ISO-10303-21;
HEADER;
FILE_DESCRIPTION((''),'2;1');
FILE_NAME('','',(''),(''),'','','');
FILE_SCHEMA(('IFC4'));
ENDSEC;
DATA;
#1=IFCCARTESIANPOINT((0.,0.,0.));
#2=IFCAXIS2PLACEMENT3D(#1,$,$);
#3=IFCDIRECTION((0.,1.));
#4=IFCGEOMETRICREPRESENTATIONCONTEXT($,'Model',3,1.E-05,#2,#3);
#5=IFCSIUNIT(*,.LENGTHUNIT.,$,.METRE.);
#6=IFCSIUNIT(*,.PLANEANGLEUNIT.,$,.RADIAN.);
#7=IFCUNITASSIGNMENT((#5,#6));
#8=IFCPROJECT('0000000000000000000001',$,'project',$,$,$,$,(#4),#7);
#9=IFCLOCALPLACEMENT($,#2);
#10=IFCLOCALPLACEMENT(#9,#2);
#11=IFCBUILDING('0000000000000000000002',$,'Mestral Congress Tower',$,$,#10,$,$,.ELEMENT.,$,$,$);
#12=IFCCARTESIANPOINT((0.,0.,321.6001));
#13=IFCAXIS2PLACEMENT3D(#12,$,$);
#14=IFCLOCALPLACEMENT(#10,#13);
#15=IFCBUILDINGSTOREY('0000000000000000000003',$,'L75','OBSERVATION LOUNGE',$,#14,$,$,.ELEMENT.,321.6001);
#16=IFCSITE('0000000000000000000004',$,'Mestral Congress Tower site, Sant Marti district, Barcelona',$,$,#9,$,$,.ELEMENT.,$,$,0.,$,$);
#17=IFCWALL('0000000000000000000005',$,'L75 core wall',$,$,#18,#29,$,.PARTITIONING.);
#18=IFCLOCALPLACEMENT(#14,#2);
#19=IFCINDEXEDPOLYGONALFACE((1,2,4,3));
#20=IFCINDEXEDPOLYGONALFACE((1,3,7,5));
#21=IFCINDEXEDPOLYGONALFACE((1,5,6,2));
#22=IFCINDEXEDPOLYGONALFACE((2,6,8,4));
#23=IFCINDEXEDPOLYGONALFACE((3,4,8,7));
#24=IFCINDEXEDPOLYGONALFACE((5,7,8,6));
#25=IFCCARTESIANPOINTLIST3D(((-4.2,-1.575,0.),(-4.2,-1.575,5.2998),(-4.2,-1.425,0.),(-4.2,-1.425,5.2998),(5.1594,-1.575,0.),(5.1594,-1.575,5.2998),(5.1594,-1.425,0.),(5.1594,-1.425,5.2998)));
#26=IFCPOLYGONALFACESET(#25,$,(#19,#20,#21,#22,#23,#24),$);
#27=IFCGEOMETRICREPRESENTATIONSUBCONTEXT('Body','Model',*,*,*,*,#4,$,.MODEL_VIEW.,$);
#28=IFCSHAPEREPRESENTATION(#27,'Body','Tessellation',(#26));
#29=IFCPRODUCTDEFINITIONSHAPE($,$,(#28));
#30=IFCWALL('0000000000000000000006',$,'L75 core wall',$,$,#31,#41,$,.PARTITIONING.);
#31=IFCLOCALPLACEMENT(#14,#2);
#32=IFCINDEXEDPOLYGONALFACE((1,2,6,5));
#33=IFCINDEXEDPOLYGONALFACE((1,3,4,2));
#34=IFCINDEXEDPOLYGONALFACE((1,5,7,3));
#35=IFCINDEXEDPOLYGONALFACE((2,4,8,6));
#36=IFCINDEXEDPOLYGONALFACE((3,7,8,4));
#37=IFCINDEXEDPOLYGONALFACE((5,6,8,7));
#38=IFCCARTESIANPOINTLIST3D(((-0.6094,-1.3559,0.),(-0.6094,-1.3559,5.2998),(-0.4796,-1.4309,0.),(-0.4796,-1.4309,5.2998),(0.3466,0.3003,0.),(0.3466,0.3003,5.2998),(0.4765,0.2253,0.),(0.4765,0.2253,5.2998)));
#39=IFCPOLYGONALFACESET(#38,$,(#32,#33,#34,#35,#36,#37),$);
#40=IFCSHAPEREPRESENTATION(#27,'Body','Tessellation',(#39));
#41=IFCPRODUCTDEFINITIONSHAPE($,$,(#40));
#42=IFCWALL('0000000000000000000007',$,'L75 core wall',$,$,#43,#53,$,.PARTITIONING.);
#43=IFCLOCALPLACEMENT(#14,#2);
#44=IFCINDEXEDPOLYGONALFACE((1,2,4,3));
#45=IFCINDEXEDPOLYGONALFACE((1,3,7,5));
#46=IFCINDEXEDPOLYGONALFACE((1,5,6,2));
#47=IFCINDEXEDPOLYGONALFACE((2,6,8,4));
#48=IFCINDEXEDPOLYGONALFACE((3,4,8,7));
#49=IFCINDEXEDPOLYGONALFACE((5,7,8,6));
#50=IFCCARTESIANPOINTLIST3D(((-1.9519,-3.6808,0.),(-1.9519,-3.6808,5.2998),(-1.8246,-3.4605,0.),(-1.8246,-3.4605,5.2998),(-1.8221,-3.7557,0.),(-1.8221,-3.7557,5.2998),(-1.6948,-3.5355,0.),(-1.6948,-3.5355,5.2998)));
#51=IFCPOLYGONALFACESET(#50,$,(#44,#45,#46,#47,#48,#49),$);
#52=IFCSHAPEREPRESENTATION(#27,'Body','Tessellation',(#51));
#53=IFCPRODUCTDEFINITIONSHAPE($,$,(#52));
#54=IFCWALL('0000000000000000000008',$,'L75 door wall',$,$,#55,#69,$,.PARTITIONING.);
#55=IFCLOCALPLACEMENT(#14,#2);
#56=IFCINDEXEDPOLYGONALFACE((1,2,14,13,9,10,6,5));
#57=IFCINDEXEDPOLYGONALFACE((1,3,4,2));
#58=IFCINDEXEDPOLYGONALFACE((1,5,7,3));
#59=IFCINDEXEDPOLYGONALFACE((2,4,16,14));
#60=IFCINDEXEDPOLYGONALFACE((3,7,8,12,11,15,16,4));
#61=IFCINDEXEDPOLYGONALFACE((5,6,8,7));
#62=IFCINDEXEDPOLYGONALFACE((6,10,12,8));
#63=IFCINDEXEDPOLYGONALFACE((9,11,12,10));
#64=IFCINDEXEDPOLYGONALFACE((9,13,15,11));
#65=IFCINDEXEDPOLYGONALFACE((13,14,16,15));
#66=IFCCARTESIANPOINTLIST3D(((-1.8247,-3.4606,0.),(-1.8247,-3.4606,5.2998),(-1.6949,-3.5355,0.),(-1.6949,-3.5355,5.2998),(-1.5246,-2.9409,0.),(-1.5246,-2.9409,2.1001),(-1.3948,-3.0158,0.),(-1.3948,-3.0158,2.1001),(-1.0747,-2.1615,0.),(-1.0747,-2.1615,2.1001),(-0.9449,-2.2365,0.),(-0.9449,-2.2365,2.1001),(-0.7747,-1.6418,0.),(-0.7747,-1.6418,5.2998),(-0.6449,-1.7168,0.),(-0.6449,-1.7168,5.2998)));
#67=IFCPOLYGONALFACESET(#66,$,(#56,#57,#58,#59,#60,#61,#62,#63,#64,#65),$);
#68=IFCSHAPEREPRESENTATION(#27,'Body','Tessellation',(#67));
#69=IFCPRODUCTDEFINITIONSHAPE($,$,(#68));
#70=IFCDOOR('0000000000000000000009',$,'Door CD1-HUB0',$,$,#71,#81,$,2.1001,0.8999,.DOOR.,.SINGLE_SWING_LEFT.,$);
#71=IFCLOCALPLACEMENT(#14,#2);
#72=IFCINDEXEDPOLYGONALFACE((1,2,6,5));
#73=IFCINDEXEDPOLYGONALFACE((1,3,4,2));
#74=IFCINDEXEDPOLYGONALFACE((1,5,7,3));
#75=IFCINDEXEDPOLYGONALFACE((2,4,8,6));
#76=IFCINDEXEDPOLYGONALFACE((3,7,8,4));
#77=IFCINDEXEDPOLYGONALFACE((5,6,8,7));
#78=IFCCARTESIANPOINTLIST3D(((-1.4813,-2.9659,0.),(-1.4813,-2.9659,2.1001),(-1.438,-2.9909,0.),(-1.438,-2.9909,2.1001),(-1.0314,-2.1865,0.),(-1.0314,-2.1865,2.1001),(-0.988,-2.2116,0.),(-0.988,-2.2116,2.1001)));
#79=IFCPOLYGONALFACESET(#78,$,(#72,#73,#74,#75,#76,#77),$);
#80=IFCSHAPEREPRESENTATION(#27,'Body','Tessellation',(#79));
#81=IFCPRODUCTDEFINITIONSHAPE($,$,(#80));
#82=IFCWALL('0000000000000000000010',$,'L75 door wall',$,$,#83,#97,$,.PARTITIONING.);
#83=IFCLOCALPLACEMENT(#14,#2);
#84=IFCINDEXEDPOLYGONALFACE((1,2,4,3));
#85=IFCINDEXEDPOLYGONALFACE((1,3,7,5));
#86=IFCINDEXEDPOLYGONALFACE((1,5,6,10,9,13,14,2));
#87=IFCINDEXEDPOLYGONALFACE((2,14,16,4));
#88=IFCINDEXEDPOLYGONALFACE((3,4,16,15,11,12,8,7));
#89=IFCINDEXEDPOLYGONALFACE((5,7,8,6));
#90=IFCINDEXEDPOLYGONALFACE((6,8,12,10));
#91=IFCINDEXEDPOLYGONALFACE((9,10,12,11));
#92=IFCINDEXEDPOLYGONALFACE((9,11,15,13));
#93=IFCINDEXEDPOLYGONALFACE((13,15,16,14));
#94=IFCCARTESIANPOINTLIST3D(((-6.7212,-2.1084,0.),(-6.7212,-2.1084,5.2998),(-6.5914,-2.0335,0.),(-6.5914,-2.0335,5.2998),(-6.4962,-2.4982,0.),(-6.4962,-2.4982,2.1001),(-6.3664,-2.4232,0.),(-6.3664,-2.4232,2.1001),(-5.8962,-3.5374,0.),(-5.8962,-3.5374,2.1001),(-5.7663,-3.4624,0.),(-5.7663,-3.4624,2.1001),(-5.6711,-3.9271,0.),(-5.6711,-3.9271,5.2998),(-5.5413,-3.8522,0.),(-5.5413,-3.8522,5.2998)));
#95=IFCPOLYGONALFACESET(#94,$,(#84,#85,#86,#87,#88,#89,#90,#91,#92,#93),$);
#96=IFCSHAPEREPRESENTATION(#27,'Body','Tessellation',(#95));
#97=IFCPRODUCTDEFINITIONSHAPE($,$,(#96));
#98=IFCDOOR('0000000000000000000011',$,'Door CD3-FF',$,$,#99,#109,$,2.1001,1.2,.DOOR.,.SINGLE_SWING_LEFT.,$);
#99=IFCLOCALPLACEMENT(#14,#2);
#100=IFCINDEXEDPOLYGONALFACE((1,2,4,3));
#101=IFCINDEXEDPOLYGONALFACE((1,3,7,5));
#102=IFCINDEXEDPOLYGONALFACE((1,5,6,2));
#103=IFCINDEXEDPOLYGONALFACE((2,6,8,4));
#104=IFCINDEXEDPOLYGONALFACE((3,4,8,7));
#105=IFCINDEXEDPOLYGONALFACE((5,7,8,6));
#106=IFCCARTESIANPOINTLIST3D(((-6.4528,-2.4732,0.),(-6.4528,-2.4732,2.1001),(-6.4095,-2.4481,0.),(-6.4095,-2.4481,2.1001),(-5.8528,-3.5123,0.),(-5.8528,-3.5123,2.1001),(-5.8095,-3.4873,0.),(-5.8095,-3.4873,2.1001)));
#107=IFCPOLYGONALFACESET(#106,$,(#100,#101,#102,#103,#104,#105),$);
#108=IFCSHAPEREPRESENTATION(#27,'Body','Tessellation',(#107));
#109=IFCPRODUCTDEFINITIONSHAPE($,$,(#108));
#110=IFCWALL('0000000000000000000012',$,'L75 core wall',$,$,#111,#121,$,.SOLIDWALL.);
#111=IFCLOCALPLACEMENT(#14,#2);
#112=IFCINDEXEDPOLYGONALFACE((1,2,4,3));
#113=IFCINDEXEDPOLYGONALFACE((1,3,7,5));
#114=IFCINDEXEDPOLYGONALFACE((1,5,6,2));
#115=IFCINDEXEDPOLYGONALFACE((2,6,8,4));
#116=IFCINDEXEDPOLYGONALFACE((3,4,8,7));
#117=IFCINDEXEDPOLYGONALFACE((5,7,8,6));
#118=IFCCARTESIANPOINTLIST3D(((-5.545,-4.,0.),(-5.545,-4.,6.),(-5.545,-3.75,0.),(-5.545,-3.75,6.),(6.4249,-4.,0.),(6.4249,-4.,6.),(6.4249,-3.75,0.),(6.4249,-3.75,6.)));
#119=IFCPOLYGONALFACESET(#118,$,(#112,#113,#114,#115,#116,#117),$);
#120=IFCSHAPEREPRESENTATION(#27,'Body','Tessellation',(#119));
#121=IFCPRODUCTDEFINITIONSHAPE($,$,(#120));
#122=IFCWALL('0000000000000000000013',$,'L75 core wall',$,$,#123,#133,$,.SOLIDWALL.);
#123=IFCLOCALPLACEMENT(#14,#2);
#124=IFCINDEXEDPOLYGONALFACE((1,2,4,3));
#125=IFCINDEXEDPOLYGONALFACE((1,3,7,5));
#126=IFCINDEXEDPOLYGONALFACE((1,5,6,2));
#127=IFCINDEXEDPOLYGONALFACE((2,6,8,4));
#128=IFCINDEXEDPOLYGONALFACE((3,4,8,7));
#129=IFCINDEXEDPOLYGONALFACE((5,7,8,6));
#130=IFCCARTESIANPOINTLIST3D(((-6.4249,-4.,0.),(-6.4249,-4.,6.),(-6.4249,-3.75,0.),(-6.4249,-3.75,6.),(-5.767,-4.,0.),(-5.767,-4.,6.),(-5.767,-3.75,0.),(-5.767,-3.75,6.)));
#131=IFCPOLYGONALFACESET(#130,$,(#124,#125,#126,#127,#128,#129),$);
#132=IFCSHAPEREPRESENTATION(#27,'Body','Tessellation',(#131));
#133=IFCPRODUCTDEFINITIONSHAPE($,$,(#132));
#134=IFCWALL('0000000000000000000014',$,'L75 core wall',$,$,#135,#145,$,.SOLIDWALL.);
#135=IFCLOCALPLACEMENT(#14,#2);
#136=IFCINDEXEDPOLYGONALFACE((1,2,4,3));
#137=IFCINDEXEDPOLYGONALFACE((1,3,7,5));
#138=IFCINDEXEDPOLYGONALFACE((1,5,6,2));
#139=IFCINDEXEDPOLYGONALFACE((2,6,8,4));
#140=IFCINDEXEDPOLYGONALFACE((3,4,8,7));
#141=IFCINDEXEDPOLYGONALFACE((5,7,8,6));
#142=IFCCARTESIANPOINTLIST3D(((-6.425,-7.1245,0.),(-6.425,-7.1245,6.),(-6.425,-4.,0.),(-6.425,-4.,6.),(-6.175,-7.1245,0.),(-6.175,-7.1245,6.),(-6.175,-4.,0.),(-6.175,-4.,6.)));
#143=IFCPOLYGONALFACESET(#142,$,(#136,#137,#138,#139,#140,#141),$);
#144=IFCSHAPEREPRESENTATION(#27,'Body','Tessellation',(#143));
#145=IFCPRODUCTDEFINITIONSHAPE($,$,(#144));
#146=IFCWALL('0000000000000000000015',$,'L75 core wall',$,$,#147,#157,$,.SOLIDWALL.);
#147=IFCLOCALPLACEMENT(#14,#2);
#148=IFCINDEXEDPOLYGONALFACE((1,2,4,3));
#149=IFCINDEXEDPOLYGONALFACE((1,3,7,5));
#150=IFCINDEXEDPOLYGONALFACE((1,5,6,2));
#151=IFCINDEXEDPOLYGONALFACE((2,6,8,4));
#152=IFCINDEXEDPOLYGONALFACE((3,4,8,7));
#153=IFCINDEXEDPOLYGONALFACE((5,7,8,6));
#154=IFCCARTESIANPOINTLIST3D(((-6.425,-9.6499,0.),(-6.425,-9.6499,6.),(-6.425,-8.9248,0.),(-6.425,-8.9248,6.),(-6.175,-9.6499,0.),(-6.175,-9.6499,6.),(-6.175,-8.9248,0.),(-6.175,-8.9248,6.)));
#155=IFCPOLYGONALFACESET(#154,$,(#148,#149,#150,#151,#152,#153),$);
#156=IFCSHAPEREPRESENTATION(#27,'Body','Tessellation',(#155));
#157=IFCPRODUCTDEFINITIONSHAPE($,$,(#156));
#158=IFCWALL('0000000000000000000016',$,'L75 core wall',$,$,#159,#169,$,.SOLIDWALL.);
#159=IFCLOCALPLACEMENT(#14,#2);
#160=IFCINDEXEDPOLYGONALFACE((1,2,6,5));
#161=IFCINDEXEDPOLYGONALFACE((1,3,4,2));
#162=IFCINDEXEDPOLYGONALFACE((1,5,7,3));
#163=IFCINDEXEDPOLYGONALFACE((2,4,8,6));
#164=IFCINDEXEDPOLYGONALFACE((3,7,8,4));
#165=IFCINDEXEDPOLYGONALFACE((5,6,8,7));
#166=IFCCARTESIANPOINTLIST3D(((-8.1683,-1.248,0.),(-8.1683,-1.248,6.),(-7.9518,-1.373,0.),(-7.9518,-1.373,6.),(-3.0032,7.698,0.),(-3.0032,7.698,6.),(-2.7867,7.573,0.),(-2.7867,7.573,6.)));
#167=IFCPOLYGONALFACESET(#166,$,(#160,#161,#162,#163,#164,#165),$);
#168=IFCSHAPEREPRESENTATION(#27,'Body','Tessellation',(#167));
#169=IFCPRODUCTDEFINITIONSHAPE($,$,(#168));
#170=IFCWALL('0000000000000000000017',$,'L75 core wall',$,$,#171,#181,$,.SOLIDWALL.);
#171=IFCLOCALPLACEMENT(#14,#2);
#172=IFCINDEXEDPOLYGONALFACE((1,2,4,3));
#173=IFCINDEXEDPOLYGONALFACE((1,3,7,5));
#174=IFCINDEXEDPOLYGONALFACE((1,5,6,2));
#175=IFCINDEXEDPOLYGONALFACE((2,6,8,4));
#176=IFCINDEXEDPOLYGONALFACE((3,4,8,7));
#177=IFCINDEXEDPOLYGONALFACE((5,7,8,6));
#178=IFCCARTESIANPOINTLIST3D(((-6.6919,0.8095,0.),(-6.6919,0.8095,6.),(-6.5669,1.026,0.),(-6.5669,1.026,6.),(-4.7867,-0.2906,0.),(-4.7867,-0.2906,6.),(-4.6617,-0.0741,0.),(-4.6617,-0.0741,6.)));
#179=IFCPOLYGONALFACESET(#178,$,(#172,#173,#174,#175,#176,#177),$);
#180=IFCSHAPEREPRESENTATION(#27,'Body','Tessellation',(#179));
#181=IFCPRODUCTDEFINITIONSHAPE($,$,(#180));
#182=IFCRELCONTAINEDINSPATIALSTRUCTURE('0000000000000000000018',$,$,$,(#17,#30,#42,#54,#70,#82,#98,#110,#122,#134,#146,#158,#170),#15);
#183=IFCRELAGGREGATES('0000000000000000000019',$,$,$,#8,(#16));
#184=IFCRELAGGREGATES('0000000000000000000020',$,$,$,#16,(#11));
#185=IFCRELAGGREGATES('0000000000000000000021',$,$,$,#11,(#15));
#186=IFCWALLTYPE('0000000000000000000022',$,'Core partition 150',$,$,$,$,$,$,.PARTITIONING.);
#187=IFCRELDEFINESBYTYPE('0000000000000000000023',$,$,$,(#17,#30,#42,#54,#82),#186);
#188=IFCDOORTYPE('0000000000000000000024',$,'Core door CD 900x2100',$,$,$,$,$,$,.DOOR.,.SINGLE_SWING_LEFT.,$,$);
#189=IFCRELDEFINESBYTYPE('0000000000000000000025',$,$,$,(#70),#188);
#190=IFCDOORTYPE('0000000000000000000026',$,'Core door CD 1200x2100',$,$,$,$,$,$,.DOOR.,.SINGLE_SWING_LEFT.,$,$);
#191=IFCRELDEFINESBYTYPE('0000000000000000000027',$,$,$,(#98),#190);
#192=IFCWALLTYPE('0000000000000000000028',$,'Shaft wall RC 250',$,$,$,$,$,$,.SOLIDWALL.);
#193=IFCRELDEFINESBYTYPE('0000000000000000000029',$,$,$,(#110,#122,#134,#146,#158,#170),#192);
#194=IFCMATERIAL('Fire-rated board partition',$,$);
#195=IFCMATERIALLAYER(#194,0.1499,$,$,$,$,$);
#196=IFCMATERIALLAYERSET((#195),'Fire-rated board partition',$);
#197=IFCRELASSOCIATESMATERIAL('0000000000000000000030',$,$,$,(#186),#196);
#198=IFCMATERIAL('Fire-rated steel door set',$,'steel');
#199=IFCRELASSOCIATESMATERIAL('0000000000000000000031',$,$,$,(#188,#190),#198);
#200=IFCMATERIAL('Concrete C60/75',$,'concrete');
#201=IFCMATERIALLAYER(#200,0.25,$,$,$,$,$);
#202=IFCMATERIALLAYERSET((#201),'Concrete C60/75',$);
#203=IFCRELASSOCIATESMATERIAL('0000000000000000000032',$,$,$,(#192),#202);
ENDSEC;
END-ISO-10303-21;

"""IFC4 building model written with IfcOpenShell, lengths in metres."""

from ifc_helpers import new_model, si_unit, direction, frame, frame_2d, origin, place, context, subcontext, project, spatial, rectangle, extrude, material, layer, layer_set, type_object, element, fill, save


model = new_model("IFC4")

# Units and contexts
model_context = context("Model", 3, precision=1e-05, world=origin(), true_north=direction((0.0, 1.0)))
body_context = subcontext(model_context, "Body", "Model", "MODEL_VIEW")
ifc_project = project(units=[si_unit("LENGTHUNIT", "METRE"), si_unit("PLANEANGLEUNIT", "RADIAN")], contexts=[model_context])

# Site, building, storey
site_placement = place(None, origin())
site = spatial("IfcSite", under=ifc_project, at=site_placement, Name="Mestral Congress Tower site, Sant Marti district, Barcelona", CompositionType="ELEMENT", RefElevation=0.0)
building_placement = place(site_placement, origin())
building = spatial("IfcBuilding", under=site, at=building_placement, Name="Mestral Congress Tower", CompositionType="ELEMENT")
storey_placement = place(building_placement, frame((0.0, 0.0, 321.6001)))
storey = spatial("IfcBuildingStorey", under=building, at=storey_placement, Name="L75", Description="OBSERVATION LOUNGE", CompositionType="ELEMENT", Elevation=321.6001)

# Walls
ifc_material_1 = material(Name="Fire-rated board partition")
ifc_layer_1 = layer(ifc_material_1, 0.1499)
ifc_layer_set_1 = layer_set([ifc_layer_1], Name="Fire-rated board partition")
wall_type_1 = type_object("IfcWallType", Name="Core partition 150", PredefinedType="PARTITIONING", material=ifc_layer_set_1)
wall_1_placement = place(storey_placement, frame((-4.2, -1.5, 0.0), z_axis=(0.0, 0.0, 1.0), x_axis=(1.0, 0.0, 0.0)))
element("IfcWall", 1, at=wall_1_placement, inside=storey, type_object=wall_type_1, Name="L75 core wall", PredefinedType="PARTITIONING", context=body_context, shape_type="SweptSolid", body=[
    extrude(rectangle(XDim=9.3594, YDim=0.1499, at=frame_2d((4.6797, 0.0))), origin(), (0.0, 0.0, 1.0), 5.2998),
])
wall_2_placement = place(storey_placement, frame((-0.5444, -1.3933, 0.0), z_axis=(0.0, 0.0, 1.0), x_axis=(0.499929, 0.866067, 0.0)))
element("IfcWall", 2, at=wall_2_placement, inside=storey, type_object=wall_type_1, Name="L75 core wall", PredefinedType="PARTITIONING", context=body_context, shape_type="SweptSolid", body=[
    extrude(rectangle(XDim=1.9124, YDim=0.1499, at=frame_2d((0.9561, 0.0))), origin(), (0.0, 0.0, 1.0), 5.2998),
])
wall_3_placement = place(storey_placement, frame((-1.887, -3.7183, 0.0), z_axis=(0.0, 0.0, 1.0), x_axis=(0.500166, 0.86593, 0.0)))
element("IfcWall", 3, at=wall_3_placement, inside=storey, type_object=wall_type_1, Name="L75 core wall", PredefinedType="PARTITIONING", context=body_context, shape_type="SweptSolid", body=[
    extrude(rectangle(XDim=0.2544, YDim=0.1499, at=frame_2d((0.1272, 0.0))), origin(), (0.0, 0.0, 1.0), 5.2998),
])

# Walls, openings, doors
wall_4_placement = place(storey_placement, frame((-1.7598, -3.498, 0.0), z_axis=(0.0, 0.0, 1.0), x_axis=(0.499977, 0.866038, 0.0)))
wall_4 = element("IfcWall", 4, at=wall_4_placement, inside=storey, type_object=wall_type_1, Name="L75 door wall", PredefinedType="PARTITIONING", context=body_context, shape_type="SweptSolid", body=[
    extrude(rectangle(XDim=2.1001, YDim=0.1499, at=frame_2d((1.05, 0.0))), origin(), (0.0, 0.0, 1.0), 5.2998),
])
opening_1_placement = place(wall_4_placement, frame((0.6001, 0.0, 0.0)))
opening_1 = element("IfcOpeningElement", 5, at=opening_1_placement, cuts=wall_4, PredefinedType="OPENING", context=body_context, shape_type="SweptSolid", body=[
    extrude(rectangle(XDim=0.8999, YDim=2.1001, at=frame_2d((0.45, 1.05))), frame((0.0, 0.085, 0.0), z_axis=(0.0, -1.0, 0.0), x_axis=(1.0, 0.0, 0.0)), (0.0, 0.0, 1.0), 0.1699),
])
ifc_material_2 = material(Name="Fire-rated steel door set", Category="steel")
door_type_1 = type_object("IfcDoorType", Name="Core door CD 900x2100", OperationType="SINGLE_SWING_LEFT", PredefinedType="DOOR", material=ifc_material_2)
door_1_placement = place(opening_1_placement, origin())
door_1 = element("IfcDoor", 6, at=door_1_placement, inside=storey, type_object=door_type_1, Name="Door CD1-HUB0", OperationType="SINGLE_SWING_LEFT", OverallHeight=2.1001, OverallWidth=0.8999, PredefinedType="DOOR", context=body_context, shape_type="SweptSolid", body=[
    extrude(rectangle(XDim=0.8999, YDim=2.1001, at=frame_2d((0.45, 1.05))), frame((0.0, 0.0249, 0.0), z_axis=(0.0, -1.0, 0.0), x_axis=(1.0, 0.0, 0.0)), (0.0, 0.0, 1.0), 0.05),
])
fill(opening_1, door_1)
wall_5_placement = place(storey_placement, frame((-5.6062, -3.8896, 0.0), z_axis=(0.0, 0.0, 1.0), x_axis=(-0.500028, 0.866009, 0.0)))
wall_5 = element("IfcWall", 7, at=wall_5_placement, inside=storey, type_object=wall_type_1, Name="L75 door wall", PredefinedType="PARTITIONING", context=body_context, shape_type="SweptSolid", body=[
    extrude(rectangle(XDim=2.1001, YDim=0.1499, at=frame_2d((1.05, 0.0))), origin(), (0.0, 0.0, 1.0), 5.2998),
])
opening_2_placement = place(wall_5_placement, frame((0.45, 0.0, 0.0)))
opening_2 = element("IfcOpeningElement", 8, at=opening_2_placement, cuts=wall_5, PredefinedType="OPENING", context=body_context, shape_type="SweptSolid", body=[
    extrude(rectangle(XDim=1.2, YDim=2.1001, at=frame_2d((0.6001, 1.05))), frame((0.0, 0.085, 0.0), z_axis=(0.0, -1.0, 0.0), x_axis=(1.0, 0.0, 0.0)), (0.0, 0.0, 1.0), 0.1699),
])
door_type_2 = type_object("IfcDoorType", Name="Core door CD 1200x2100", OperationType="SINGLE_SWING_LEFT", PredefinedType="DOOR", material=ifc_material_2)
door_2_placement = place(opening_2_placement, origin())
door_2 = element("IfcDoor", 9, at=door_2_placement, inside=storey, type_object=door_type_2, Name="Door CD3-FF", OperationType="SINGLE_SWING_LEFT", OverallHeight=2.1001, OverallWidth=1.2, PredefinedType="DOOR", context=body_context, shape_type="SweptSolid", body=[
    extrude(rectangle(XDim=1.2, YDim=2.1001, at=frame_2d((0.6001, 1.05))), frame((0.0, 0.0249, 0.0), z_axis=(0.0, -1.0, 0.0), x_axis=(1.0, 0.0, 0.0)), (0.0, 0.0, 1.0), 0.05),
])
fill(opening_2, door_2)

# Walls
ifc_material_3 = material(Name="Concrete C60/75", Category="concrete")
ifc_layer_2 = layer(ifc_material_3, 0.25)
ifc_layer_set_2 = layer_set([ifc_layer_2], Name="Concrete C60/75")
wall_type_2 = type_object("IfcWallType", Name="Shaft wall RC 250", PredefinedType="SOLIDWALL", material=ifc_layer_set_2)
wall_6_placement = place(storey_placement, frame((-5.5449, -3.875, 0.0), z_axis=(0.0, 0.0, 1.0), x_axis=(1.0, 0.0, 0.0)))
element("IfcWall", 10, at=wall_6_placement, inside=storey, type_object=wall_type_2, Name="L75 core wall", PredefinedType="SOLIDWALL", context=body_context, shape_type="SweptSolid", body=[
    extrude(rectangle(XDim=11.97, YDim=0.25, at=frame_2d((5.9849, 0.0))), origin(), (0.0, 0.0, 1.0), 6.0),
])
wall_7_placement = place(storey_placement, frame((-6.425, -3.875, 0.0), z_axis=(0.0, 0.0, 1.0), x_axis=(1.0, 0.0, 0.0)))
element("IfcWall", 11, at=wall_7_placement, inside=storey, type_object=wall_type_2, Name="L75 core wall", PredefinedType="SOLIDWALL", context=body_context, shape_type="SweptSolid", body=[
    extrude(rectangle(XDim=0.658, YDim=0.25, at=frame_2d((0.3291, 0.0))), origin(), (0.0, 0.0, 1.0), 6.0),
])
wall_8_placement = place(storey_placement, frame((-6.3, -7.1245, 0.0), z_axis=(0.0, 0.0, 1.0), x_axis=(0.0, 1.0, 0.0)))
element("IfcWall", 12, at=wall_8_placement, inside=storey, type_object=wall_type_2, Name="L75 core wall", PredefinedType="SOLIDWALL", context=body_context, shape_type="SweptSolid", body=[
    extrude(rectangle(XDim=3.1245, YDim=0.25, at=frame_2d((1.5623, 0.0))), origin(), (0.0, 0.0, 1.0), 6.0),
])
wall_9_placement = place(storey_placement, frame((-6.3, -8.9248, 0.0), z_axis=(0.0, 0.0, 1.0), x_axis=(0.0, -1.0, 0.0)))
element("IfcWall", 13, at=wall_9_placement, inside=storey, type_object=wall_type_2, Name="L75 core wall", PredefinedType="SOLIDWALL", context=body_context, shape_type="SweptSolid", body=[
    extrude(rectangle(XDim=0.7251, YDim=0.25, at=frame_2d((0.3625, 0.0))), origin(), (0.0, 0.0, 1.0), 6.0),
])
wall_10_placement = place(storey_placement, frame((-8.0601, -1.3105, 0.0), z_axis=(0.0, 0.0, 1.0), x_axis=(0.500003, 0.866024, 0.0)))
element("IfcWall", 14, at=wall_10_placement, inside=storey, type_object=wall_type_2, Name="L75 core wall", PredefinedType="SOLIDWALL", context=body_context, shape_type="SweptSolid", body=[
    extrude(rectangle(XDim=10.3301, YDim=0.25, at=frame_2d((5.165, 0.0))), origin(), (0.0, 0.0, 1.0), 6.0),
])
wall_11_placement = place(storey_placement, frame((-4.7241, -0.1824, 0.0), z_axis=(0.0, 0.0, 1.0), x_axis=(-0.866008, 0.50003, 0.0)))
element("IfcWall", 15, at=wall_11_placement, inside=storey, type_object=wall_type_2, Name="L75 core wall", PredefinedType="SOLIDWALL", context=body_context, shape_type="SweptSolid", body=[
    extrude(rectangle(XDim=2.2, YDim=0.25, at=frame_2d((1.1001, 0.0))), origin(), (0.0, 0.0, 1.0), 6.0),
])

save(model, "model.ifc")
